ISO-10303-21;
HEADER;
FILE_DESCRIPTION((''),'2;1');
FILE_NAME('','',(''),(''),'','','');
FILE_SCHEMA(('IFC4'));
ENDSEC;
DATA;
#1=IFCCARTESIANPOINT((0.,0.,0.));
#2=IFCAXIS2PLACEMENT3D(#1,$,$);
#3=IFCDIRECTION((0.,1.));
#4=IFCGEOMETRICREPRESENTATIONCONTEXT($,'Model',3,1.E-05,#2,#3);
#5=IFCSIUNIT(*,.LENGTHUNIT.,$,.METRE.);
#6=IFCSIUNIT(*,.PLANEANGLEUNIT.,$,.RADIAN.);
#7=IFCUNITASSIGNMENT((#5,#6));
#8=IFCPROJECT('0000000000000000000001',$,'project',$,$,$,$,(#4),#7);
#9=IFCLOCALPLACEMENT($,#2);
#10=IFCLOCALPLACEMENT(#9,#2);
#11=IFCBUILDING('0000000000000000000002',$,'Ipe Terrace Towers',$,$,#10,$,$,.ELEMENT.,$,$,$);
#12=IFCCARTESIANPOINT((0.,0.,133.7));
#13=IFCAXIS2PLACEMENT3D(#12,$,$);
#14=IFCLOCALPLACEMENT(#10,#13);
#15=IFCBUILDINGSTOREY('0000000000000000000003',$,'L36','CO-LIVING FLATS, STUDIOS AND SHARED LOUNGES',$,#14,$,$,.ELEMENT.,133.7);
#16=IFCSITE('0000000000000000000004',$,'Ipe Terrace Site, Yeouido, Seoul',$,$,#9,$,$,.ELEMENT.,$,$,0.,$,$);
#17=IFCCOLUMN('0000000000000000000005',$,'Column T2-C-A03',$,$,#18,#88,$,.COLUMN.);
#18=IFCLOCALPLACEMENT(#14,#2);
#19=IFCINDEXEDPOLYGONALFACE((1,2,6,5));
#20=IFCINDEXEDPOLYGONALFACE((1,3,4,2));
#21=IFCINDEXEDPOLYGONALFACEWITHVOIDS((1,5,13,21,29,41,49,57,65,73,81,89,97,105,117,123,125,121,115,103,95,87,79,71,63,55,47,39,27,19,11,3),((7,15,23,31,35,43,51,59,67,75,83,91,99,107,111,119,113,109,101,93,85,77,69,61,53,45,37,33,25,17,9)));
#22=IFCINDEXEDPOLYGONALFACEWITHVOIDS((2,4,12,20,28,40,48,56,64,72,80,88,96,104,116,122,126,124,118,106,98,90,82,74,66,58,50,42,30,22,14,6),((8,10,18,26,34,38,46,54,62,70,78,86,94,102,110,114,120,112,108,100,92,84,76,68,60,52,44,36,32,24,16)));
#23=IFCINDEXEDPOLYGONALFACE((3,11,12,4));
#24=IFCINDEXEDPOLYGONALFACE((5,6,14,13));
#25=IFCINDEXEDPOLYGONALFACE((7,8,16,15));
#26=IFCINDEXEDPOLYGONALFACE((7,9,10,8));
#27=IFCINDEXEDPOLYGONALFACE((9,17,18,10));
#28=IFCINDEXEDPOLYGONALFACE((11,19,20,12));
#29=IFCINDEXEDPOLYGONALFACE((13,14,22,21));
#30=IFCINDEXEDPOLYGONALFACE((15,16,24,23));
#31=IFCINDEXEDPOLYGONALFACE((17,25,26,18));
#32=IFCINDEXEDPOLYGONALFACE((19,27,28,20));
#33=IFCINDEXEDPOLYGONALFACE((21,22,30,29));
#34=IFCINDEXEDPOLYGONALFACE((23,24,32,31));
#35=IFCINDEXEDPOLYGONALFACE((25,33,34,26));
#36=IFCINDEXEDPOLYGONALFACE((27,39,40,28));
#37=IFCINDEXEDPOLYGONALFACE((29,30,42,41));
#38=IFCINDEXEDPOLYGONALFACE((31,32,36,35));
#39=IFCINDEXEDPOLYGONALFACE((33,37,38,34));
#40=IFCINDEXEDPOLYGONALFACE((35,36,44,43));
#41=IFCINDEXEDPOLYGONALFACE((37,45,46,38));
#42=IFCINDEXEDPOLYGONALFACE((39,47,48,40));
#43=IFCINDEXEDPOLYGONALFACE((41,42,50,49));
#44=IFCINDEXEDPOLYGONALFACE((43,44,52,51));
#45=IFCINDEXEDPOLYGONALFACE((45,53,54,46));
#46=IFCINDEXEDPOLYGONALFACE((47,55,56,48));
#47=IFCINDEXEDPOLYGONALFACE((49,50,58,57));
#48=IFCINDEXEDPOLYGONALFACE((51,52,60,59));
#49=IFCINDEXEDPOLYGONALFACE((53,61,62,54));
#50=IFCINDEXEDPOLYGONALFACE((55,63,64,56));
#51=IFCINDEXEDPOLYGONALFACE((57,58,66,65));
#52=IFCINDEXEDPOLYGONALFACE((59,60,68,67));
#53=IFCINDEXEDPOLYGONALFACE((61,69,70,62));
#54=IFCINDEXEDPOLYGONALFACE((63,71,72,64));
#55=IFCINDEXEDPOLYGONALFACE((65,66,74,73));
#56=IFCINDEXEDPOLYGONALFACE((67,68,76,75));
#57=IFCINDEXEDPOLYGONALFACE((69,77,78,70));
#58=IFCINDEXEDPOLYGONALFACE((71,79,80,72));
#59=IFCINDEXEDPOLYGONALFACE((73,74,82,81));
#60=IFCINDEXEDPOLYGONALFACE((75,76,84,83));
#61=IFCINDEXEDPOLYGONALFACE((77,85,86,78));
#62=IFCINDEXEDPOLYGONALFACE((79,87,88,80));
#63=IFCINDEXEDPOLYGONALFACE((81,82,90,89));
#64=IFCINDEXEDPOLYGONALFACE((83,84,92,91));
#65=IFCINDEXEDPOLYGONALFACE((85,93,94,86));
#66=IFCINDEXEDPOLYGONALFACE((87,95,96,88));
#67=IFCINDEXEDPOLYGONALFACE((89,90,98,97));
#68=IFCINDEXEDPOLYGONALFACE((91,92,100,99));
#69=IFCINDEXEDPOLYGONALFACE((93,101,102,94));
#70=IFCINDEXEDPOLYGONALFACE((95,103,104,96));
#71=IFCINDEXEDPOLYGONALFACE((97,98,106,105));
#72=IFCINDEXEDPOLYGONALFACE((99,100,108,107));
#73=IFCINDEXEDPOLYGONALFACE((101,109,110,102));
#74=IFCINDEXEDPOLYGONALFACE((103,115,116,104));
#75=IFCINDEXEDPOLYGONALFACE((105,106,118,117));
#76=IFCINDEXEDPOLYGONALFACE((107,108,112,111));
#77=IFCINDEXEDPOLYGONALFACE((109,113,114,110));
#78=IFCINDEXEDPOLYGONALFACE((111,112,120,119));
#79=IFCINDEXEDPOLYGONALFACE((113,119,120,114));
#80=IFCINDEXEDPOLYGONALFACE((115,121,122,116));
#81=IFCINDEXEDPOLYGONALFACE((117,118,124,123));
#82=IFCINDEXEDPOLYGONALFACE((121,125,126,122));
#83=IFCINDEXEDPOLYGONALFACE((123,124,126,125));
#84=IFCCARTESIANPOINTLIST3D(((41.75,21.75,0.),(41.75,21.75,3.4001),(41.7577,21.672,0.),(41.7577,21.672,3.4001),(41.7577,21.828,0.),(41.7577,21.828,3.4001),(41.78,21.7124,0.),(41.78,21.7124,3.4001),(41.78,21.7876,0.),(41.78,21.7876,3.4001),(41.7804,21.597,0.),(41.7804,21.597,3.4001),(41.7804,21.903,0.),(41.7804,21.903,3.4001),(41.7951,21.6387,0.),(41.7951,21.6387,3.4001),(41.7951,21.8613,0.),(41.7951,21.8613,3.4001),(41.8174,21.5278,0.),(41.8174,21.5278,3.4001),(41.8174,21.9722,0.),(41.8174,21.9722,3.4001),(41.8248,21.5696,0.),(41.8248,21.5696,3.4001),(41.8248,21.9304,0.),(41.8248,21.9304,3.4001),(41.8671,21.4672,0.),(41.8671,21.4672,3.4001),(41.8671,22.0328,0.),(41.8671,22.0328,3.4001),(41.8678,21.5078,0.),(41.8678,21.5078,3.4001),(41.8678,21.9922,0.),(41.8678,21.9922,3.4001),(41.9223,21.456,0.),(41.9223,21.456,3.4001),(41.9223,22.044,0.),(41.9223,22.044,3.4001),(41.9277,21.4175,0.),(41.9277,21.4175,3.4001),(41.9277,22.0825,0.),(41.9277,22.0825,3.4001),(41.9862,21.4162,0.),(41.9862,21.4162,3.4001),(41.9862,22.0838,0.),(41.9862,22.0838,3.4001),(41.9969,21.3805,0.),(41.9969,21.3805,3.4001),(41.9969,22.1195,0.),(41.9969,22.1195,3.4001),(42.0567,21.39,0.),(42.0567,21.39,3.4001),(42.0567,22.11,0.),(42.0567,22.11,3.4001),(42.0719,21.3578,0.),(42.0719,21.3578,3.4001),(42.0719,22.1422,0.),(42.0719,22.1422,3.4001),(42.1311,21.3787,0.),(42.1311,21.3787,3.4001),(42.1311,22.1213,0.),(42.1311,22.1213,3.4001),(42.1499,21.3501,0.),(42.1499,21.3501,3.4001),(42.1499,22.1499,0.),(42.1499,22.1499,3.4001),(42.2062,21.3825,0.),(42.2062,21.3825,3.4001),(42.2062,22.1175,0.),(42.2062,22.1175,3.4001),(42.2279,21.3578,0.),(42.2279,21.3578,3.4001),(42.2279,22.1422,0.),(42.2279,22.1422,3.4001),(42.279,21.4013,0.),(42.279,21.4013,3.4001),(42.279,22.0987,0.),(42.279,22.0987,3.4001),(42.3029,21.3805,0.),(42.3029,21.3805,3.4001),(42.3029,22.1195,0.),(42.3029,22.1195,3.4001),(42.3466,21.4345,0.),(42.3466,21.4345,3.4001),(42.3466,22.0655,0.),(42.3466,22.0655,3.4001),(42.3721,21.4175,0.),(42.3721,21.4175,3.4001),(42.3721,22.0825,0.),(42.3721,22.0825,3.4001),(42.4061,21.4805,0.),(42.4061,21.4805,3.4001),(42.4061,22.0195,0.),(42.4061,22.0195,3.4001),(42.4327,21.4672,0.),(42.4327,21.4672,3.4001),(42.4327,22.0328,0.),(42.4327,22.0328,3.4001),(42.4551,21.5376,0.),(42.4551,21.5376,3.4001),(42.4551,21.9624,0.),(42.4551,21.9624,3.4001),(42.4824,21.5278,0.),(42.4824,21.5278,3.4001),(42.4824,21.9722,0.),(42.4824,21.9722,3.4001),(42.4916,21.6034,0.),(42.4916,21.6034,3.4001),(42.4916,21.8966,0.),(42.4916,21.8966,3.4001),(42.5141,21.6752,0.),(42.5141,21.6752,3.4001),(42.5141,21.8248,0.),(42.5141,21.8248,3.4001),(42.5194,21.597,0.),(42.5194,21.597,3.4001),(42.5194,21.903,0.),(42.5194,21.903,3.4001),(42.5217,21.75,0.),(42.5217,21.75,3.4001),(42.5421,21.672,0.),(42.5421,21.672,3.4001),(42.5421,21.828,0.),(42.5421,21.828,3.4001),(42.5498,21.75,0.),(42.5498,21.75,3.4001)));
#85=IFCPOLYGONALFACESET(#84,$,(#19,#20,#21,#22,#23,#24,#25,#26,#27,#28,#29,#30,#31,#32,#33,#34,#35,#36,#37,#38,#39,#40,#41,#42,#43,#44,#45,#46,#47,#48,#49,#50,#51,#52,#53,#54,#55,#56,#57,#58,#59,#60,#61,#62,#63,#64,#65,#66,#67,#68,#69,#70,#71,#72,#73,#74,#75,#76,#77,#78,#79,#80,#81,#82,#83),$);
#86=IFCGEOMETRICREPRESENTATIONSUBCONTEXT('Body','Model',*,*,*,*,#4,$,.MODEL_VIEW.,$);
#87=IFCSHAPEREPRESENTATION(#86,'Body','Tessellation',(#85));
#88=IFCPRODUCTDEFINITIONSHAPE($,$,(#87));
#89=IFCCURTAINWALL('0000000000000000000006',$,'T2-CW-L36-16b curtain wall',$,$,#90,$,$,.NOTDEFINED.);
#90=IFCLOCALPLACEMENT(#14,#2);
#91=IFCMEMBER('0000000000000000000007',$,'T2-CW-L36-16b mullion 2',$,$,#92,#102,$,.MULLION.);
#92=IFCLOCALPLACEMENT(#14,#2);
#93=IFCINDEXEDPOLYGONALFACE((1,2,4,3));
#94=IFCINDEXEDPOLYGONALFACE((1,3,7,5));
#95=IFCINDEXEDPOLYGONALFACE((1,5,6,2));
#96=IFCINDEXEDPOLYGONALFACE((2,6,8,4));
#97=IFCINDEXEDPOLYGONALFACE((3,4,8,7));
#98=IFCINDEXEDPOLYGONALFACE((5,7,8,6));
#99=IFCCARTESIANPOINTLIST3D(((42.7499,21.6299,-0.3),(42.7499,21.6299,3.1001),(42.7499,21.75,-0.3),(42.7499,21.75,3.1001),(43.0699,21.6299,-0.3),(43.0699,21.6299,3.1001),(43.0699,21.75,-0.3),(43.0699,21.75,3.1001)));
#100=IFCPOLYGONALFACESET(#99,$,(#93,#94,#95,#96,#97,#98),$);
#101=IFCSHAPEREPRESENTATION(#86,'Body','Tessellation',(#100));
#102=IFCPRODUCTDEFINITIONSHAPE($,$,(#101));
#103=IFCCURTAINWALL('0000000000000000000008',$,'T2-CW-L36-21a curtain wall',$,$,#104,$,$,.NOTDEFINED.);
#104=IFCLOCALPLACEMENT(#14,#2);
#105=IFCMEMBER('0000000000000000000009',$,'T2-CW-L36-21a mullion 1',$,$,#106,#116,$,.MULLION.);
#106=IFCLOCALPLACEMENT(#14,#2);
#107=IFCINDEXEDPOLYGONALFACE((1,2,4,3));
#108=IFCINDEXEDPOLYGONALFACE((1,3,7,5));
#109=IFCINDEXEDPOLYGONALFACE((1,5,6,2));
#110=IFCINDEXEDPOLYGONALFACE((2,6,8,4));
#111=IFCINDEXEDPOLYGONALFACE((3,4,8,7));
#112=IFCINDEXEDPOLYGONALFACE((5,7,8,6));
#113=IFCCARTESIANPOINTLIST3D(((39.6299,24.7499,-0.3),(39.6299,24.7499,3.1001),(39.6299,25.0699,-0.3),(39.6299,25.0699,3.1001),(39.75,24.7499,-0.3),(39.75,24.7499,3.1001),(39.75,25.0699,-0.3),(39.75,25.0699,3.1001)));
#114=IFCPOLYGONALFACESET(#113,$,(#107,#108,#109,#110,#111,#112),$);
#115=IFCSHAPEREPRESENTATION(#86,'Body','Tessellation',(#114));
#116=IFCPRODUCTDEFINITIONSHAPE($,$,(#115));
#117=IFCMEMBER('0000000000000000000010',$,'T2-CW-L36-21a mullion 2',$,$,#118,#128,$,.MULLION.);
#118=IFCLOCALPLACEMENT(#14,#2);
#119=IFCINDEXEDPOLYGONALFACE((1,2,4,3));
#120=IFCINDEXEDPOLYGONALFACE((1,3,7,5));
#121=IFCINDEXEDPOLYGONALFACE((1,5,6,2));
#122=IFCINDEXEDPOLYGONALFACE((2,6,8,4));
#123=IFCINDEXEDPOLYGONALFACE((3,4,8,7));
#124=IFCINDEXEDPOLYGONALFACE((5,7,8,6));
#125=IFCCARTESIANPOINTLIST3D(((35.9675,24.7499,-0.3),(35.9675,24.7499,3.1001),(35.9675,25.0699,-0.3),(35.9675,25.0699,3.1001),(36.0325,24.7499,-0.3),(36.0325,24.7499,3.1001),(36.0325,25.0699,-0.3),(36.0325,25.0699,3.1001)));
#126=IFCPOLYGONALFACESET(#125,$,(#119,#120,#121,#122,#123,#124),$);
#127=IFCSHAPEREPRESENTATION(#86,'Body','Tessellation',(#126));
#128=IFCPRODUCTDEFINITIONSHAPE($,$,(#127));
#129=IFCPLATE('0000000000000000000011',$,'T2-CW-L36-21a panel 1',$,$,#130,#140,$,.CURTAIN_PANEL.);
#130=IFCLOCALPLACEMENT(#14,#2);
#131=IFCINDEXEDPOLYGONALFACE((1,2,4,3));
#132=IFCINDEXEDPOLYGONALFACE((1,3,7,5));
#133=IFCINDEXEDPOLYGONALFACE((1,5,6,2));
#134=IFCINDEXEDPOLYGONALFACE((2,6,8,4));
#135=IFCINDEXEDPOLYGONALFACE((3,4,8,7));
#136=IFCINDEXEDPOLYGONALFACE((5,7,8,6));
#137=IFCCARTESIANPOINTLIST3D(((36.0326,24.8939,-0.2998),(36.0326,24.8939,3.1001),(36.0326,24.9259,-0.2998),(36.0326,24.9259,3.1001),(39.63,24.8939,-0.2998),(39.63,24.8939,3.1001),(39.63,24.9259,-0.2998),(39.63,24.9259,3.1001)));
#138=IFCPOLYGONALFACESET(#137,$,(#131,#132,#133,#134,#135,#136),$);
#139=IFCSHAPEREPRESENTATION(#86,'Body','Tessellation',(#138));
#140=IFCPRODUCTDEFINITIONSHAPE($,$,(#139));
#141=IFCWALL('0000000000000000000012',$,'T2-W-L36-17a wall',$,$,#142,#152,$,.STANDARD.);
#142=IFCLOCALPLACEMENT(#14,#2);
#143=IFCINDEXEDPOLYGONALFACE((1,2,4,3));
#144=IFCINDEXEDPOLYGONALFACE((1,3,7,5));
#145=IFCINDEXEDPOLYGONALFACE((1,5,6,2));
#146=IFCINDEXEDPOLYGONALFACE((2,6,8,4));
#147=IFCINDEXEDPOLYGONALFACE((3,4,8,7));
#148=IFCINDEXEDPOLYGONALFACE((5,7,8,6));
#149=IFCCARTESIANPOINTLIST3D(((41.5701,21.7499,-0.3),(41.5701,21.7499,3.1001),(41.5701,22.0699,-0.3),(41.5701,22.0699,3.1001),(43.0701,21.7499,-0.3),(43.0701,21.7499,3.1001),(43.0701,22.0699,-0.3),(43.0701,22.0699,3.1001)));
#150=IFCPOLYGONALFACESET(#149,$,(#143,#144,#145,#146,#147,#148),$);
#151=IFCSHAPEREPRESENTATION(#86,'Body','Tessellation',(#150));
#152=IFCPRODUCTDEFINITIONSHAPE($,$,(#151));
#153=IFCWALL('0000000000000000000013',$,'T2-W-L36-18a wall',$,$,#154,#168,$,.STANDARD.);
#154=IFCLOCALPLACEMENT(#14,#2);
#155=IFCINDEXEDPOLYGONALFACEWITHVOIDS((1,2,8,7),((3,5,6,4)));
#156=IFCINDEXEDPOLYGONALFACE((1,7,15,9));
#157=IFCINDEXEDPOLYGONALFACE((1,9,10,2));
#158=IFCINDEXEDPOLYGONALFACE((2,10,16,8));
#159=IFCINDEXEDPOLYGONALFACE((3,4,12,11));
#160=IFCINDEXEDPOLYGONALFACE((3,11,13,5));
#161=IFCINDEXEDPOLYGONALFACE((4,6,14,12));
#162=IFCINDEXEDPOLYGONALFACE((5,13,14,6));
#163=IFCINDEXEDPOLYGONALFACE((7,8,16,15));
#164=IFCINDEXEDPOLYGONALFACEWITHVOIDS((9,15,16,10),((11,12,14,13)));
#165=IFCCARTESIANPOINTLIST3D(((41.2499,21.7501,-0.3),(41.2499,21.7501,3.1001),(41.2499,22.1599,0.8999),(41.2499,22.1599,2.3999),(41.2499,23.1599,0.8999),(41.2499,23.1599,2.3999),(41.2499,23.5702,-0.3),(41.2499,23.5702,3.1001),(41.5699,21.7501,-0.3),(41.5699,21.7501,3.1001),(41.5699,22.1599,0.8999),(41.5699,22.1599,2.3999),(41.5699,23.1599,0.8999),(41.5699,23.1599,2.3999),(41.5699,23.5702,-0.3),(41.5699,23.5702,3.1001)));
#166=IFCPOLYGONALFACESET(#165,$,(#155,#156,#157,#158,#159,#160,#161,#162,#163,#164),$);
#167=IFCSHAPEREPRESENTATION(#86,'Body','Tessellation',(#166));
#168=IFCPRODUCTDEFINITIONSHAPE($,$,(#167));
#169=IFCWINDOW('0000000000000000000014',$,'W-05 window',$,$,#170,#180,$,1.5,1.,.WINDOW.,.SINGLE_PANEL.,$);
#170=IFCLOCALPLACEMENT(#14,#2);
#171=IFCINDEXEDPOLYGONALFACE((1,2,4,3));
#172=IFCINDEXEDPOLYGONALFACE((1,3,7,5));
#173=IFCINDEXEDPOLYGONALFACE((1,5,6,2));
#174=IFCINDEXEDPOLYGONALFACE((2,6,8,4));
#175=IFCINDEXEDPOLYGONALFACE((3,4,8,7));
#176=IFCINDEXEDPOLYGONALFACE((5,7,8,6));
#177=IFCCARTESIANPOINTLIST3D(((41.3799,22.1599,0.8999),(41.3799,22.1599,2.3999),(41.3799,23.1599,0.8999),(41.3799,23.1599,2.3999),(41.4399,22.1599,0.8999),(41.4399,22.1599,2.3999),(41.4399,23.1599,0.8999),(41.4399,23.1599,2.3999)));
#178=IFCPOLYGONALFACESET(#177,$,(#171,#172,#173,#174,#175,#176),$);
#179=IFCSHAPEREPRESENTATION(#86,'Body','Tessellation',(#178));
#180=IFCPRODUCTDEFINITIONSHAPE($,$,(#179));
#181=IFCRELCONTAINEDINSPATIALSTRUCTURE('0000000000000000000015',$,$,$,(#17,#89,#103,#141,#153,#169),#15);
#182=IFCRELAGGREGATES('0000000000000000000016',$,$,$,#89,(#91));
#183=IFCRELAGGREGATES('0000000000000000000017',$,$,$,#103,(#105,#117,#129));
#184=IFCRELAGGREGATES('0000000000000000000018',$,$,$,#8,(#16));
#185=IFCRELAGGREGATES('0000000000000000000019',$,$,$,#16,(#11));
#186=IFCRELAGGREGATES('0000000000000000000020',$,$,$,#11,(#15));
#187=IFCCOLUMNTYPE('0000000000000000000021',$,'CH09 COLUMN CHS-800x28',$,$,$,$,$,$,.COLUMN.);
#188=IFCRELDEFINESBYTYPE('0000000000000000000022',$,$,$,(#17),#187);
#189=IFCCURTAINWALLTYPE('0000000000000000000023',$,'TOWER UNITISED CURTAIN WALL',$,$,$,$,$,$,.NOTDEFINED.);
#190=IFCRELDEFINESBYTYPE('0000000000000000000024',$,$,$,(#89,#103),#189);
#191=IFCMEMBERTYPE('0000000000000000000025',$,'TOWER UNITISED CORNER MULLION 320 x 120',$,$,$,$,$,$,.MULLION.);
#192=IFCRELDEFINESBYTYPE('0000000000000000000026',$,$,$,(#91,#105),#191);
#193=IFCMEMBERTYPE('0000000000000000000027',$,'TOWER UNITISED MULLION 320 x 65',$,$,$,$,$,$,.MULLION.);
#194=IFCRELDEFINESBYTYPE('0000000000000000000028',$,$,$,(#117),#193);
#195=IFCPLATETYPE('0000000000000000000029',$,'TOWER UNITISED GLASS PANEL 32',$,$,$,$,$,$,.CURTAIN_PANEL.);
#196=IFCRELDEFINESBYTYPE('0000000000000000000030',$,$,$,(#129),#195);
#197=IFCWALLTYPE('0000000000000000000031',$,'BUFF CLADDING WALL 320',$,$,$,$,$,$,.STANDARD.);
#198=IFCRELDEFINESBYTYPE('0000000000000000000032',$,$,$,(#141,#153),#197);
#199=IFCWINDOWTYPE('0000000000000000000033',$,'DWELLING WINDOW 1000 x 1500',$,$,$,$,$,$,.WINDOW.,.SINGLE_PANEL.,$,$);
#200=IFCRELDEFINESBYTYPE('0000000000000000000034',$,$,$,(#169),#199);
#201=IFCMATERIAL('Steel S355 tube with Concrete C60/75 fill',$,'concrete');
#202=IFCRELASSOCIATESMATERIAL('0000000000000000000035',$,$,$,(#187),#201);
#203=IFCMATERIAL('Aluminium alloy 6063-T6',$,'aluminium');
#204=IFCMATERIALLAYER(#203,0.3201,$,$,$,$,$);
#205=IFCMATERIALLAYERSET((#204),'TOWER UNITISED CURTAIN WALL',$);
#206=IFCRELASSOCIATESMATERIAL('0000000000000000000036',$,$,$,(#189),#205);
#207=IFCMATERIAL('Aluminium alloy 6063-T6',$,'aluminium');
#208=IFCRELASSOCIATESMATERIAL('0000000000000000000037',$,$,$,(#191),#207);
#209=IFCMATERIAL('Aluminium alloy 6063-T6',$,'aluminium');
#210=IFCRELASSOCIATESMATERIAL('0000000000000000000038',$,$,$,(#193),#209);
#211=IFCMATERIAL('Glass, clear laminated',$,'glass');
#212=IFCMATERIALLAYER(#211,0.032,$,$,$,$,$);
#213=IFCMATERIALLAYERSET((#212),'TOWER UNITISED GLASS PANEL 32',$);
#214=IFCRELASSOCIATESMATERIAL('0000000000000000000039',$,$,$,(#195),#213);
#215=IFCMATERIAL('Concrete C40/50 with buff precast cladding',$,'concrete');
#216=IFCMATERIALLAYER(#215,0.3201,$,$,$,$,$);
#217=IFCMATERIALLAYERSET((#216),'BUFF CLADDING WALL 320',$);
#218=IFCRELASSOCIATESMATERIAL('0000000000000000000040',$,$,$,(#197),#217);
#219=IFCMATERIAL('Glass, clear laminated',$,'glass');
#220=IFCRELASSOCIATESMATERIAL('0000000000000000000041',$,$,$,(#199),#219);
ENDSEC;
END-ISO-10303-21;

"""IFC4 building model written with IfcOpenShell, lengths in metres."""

from ifc_helpers import new_model, si_unit, direction, frame, frame_2d, origin, origin_2d, place, context, subcontext, project, spatial, rectangle, hollow_circle, extrude, material, layer, layer_set, material_profile, profile_set, type_object, element, fill, aggregate, save


model = new_model("IFC4")

# Units and contexts
model_context = context("Model", 3, precision=1e-05, world=origin(), true_north=direction((0.0, 1.0)))
body_context = subcontext(model_context, "Body", "Model", "MODEL_VIEW")
ifc_project = project(units=[si_unit("LENGTHUNIT", "METRE"), si_unit("PLANEANGLEUNIT", "RADIAN")], contexts=[model_context])

# Site, building, storey
site_placement = place(None, origin())
site = spatial("IfcSite", under=ifc_project, at=site_placement, Name="Ipe Terrace Site, Yeouido, Seoul", CompositionType="ELEMENT", RefElevation=0.0)
building_placement = place(site_placement, origin())
building = spatial("IfcBuilding", under=site, at=building_placement, Name="Ipe Terrace Towers", CompositionType="ELEMENT")
storey_placement = place(building_placement, frame((0.0, 0.0, 133.7)))
storey = spatial("IfcBuildingStorey", under=building, at=storey_placement, Name="L36", Description="CO-LIVING FLATS, STUDIOS AND SHARED LOUNGES", CompositionType="ELEMENT", Elevation=133.7)

# Column
ifc_material_1 = material(Name="Steel S355 tube with Concrete C60/75 fill", Category="concrete")
ifc_material_profile_1 = material_profile(ifc_material_1, hollow_circle(Radius=0.3999, WallThickness=0.0281, at=origin_2d()), Name="CHS-800x28")
ifc_profile_set_1 = profile_set([ifc_material_profile_1], Name="Steel S355 tube with Concrete C60/75 fill")
column_type = type_object("IfcColumnType", Name="CH09 COLUMN CHS-800x28", PredefinedType="COLUMN", material=ifc_profile_set_1)
column_placement = place(storey_placement, frame((42.1499, 21.75, 0.0), z_axis=(0.0, 0.0, 1.0), x_axis=(1.0, 0.0, 0.0)))
element("IfcColumn", 1, at=column_placement, inside=storey, type_object=column_type, Name="Column T2-C-A03", PredefinedType="COLUMN", context=body_context, shape_type="SweptSolid", body=[
    extrude(hollow_circle(Radius=0.3999, WallThickness=0.0281, at=origin_2d()), origin(), (0.0, 0.0, 1.0), 3.4001),
])

# Curtain wall, member
ifc_material_2 = material(Name="Aluminium alloy 6063-T6", Category="aluminium")
ifc_layer_1 = layer(ifc_material_2, 0.3201)
ifc_layer_set_1 = layer_set([ifc_layer_1], Name="TOWER UNITISED CURTAIN WALL")
curtain_wall_type = type_object("IfcCurtainWallType", Name="TOWER UNITISED CURTAIN WALL", PredefinedType="NOTDEFINED", material=ifc_layer_set_1)
curtain_wall_1_placement = place(storey_placement, origin())
curtain_wall_1 = element("IfcCurtainWall", 2, at=curtain_wall_1_placement, inside=storey, type_object=curtain_wall_type, Name="T2-CW-L36-16b curtain wall", PredefinedType="NOTDEFINED")
ifc_material_3 = material(Name="Aluminium alloy 6063-T6", Category="aluminium")
ifc_material_profile_2 = material_profile(ifc_material_3, rectangle(XDim=0.3201, YDim=0.1201, at=origin_2d()), Name="TOWER UNITISED CORNER MULLION 320 x 120")
ifc_profile_set_2 = profile_set([ifc_material_profile_2], Name="Aluminium alloy 6063-T6")
member_type_1 = type_object("IfcMemberType", Name="TOWER UNITISED CORNER MULLION 320 x 120", PredefinedType="MULLION", material=ifc_profile_set_2)
member_1_placement = place(storey_placement, frame((42.9099, 21.6899, -0.3), z_axis=(0.0, 0.0, 1.0), x_axis=(1.0, 0.0, 0.0)))
member_1 = element("IfcMember", 3, at=member_1_placement, type_object=member_type_1, Name="T2-CW-L36-16b mullion 2", PredefinedType="MULLION", context=body_context, shape_type="SweptSolid", body=[
    extrude(rectangle(XDim=0.3201, YDim=0.1201, at=origin_2d()), origin(), (0.0, 0.0, 1.0), 3.4001),
])
aggregate(curtain_wall_1, [member_1])

# Curtain wall, members, plate
curtain_wall_2_placement = place(storey_placement, origin())
curtain_wall_2 = element("IfcCurtainWall", 4, at=curtain_wall_2_placement, inside=storey, type_object=curtain_wall_type, Name="T2-CW-L36-21a curtain wall", PredefinedType="NOTDEFINED")
member_2_placement = place(storey_placement, frame((39.6899, 24.9099, -0.3), z_axis=(0.0, 0.0, 1.0), x_axis=(0.0, 1.0, 0.0)))
member_2 = element("IfcMember", 5, at=member_2_placement, type_object=member_type_1, Name="T2-CW-L36-21a mullion 1", PredefinedType="MULLION", context=body_context, shape_type="SweptSolid", body=[
    extrude(rectangle(XDim=0.3201, YDim=0.1201, at=origin_2d()), origin(), (0.0, 0.0, 1.0), 3.4001),
])
ifc_material_4 = material(Name="Aluminium alloy 6063-T6", Category="aluminium")
ifc_material_profile_3 = material_profile(ifc_material_4, rectangle(XDim=0.3201, YDim=0.0649, at=origin_2d()), Name="TOWER UNITISED MULLION 320 x 65")
ifc_profile_set_3 = profile_set([ifc_material_profile_3], Name="Aluminium alloy 6063-T6")
member_type_2 = type_object("IfcMemberType", Name="TOWER UNITISED MULLION 320 x 65", PredefinedType="MULLION", material=ifc_profile_set_3)
member_3_placement = place(storey_placement, frame((36.0, 24.9099, -0.3), z_axis=(0.0, 0.0, 1.0), x_axis=(0.0, 1.0, 0.0)))
member_3 = element("IfcMember", 6, at=member_3_placement, type_object=member_type_2, Name="T2-CW-L36-21a mullion 2", PredefinedType="MULLION", context=body_context, shape_type="SweptSolid", body=[
    extrude(rectangle(XDim=0.3201, YDim=0.0649, at=origin_2d()), origin(), (0.0, 0.0, 1.0), 3.4001),
])
ifc_material_5 = material(Name="Glass, clear laminated", Category="glass")
ifc_layer_2 = layer(ifc_material_5, 0.032)
ifc_layer_set_2 = layer_set([ifc_layer_2], Name="TOWER UNITISED GLASS PANEL 32")
plate_type = type_object("IfcPlateType", Name="TOWER UNITISED GLASS PANEL 32", PredefinedType="CURTAIN_PANEL", material=ifc_layer_set_2)
plate_placement = place(storey_placement, frame((37.8313, 24.9099, -0.2998), z_axis=(0.0, 0.0, 1.0), x_axis=(-1.0, 0.0, 0.0)))
plate = element("IfcPlate", 7, at=plate_placement, type_object=plate_type, Name="T2-CW-L36-21a panel 1", PredefinedType="CURTAIN_PANEL", context=body_context, shape_type="SweptSolid", body=[
    extrude(rectangle(XDim=3.5974, YDim=0.032, at=origin_2d()), origin(), (0.0, 0.0, 1.0), 3.3999),
])
aggregate(curtain_wall_2, [member_2, member_3, plate])

# Wall
ifc_material_6 = material(Name="Concrete C40/50 with buff precast cladding", Category="concrete")
ifc_layer_3 = layer(ifc_material_6, 0.3201)
ifc_layer_set_3 = layer_set([ifc_layer_3], Name="BUFF CLADDING WALL 320")
wall_type_1 = type_object("IfcWallType", Name="BUFF CLADDING WALL 320", PredefinedType="STANDARD", material=ifc_layer_set_3)
wall_1_placement = place(storey_placement, frame((43.0701, 21.9099, -0.3), z_axis=(0.0, 0.0, 1.0), x_axis=(-1.0, 0.0, 0.0)))
element("IfcWall", 8, at=wall_1_placement, inside=storey, type_object=wall_type_1, Name="T2-W-L36-17a wall", PredefinedType="STANDARD", context=body_context, shape_type="SweptSolid", body=[
    extrude(rectangle(XDim=1.5, YDim=0.3201, at=frame_2d((0.75, 0.0))), origin(), (0.0, 0.0, 1.0), 3.4001),
])

# Wall, opening, window
wall_2_placement = place(storey_placement, frame((41.4099, 21.75, -0.3), z_axis=(0.0, 0.0, 1.0), x_axis=(0.0, 1.0, 0.0)))
wall_2 = element("IfcWall", 9, at=wall_2_placement, inside=storey, type_object=wall_type_1, Name="T2-W-L36-18a wall", PredefinedType="STANDARD", context=body_context, shape_type="SweptSolid", body=[
    extrude(rectangle(XDim=1.8201, YDim=0.3201, at=frame_2d((0.9102, 0.0))), origin(), (0.0, 0.0, 1.0), 3.4001),
])
opening_1_placement = place(wall_2_placement, frame((0.4099, 0.0, 1.2)))
opening_1 = element("IfcOpeningElement", 10, at=opening_1_placement, cuts=wall_2, PredefinedType="OPENING", context=body_context, shape_type="SweptSolid", body=[
    extrude(rectangle(XDim=1.0, YDim=1.5, at=frame_2d((0.5, 0.75))), frame((0.0, 0.1699, 0.0), z_axis=(0.0, -1.0, 0.0), x_axis=(1.0, 0.0, 0.0)), (0.0, 0.0, 1.0), 0.3401),
])
ifc_material_7 = material(Name="Glass, clear laminated", Category="glass")
window_type = type_object("IfcWindowType", Name="DWELLING WINDOW 1000 x 1500", PartitioningType="SINGLE_PANEL", PredefinedType="WINDOW", material=ifc_material_7)
window_placement = place(opening_1_placement, origin())
window = element("IfcWindow", 11, at=window_placement, inside=storey, type_object=window_type, Name="W-05 window", OverallHeight=1.5, OverallWidth=1.0, PartitioningType="SINGLE_PANEL", PredefinedType="WINDOW", context=body_context, shape_type="SweptSolid", body=[
    extrude(rectangle(XDim=1.0, YDim=1.5, at=frame_2d((0.5, 0.75))), frame((0.0, 0.03, 0.0), z_axis=(0.0, -1.0, 0.0), x_axis=(1.0, 0.0, 0.0)), (0.0, 0.0, 1.0), 0.0601),
])
fill(opening_1, window)

save(model, "model.ifc")
